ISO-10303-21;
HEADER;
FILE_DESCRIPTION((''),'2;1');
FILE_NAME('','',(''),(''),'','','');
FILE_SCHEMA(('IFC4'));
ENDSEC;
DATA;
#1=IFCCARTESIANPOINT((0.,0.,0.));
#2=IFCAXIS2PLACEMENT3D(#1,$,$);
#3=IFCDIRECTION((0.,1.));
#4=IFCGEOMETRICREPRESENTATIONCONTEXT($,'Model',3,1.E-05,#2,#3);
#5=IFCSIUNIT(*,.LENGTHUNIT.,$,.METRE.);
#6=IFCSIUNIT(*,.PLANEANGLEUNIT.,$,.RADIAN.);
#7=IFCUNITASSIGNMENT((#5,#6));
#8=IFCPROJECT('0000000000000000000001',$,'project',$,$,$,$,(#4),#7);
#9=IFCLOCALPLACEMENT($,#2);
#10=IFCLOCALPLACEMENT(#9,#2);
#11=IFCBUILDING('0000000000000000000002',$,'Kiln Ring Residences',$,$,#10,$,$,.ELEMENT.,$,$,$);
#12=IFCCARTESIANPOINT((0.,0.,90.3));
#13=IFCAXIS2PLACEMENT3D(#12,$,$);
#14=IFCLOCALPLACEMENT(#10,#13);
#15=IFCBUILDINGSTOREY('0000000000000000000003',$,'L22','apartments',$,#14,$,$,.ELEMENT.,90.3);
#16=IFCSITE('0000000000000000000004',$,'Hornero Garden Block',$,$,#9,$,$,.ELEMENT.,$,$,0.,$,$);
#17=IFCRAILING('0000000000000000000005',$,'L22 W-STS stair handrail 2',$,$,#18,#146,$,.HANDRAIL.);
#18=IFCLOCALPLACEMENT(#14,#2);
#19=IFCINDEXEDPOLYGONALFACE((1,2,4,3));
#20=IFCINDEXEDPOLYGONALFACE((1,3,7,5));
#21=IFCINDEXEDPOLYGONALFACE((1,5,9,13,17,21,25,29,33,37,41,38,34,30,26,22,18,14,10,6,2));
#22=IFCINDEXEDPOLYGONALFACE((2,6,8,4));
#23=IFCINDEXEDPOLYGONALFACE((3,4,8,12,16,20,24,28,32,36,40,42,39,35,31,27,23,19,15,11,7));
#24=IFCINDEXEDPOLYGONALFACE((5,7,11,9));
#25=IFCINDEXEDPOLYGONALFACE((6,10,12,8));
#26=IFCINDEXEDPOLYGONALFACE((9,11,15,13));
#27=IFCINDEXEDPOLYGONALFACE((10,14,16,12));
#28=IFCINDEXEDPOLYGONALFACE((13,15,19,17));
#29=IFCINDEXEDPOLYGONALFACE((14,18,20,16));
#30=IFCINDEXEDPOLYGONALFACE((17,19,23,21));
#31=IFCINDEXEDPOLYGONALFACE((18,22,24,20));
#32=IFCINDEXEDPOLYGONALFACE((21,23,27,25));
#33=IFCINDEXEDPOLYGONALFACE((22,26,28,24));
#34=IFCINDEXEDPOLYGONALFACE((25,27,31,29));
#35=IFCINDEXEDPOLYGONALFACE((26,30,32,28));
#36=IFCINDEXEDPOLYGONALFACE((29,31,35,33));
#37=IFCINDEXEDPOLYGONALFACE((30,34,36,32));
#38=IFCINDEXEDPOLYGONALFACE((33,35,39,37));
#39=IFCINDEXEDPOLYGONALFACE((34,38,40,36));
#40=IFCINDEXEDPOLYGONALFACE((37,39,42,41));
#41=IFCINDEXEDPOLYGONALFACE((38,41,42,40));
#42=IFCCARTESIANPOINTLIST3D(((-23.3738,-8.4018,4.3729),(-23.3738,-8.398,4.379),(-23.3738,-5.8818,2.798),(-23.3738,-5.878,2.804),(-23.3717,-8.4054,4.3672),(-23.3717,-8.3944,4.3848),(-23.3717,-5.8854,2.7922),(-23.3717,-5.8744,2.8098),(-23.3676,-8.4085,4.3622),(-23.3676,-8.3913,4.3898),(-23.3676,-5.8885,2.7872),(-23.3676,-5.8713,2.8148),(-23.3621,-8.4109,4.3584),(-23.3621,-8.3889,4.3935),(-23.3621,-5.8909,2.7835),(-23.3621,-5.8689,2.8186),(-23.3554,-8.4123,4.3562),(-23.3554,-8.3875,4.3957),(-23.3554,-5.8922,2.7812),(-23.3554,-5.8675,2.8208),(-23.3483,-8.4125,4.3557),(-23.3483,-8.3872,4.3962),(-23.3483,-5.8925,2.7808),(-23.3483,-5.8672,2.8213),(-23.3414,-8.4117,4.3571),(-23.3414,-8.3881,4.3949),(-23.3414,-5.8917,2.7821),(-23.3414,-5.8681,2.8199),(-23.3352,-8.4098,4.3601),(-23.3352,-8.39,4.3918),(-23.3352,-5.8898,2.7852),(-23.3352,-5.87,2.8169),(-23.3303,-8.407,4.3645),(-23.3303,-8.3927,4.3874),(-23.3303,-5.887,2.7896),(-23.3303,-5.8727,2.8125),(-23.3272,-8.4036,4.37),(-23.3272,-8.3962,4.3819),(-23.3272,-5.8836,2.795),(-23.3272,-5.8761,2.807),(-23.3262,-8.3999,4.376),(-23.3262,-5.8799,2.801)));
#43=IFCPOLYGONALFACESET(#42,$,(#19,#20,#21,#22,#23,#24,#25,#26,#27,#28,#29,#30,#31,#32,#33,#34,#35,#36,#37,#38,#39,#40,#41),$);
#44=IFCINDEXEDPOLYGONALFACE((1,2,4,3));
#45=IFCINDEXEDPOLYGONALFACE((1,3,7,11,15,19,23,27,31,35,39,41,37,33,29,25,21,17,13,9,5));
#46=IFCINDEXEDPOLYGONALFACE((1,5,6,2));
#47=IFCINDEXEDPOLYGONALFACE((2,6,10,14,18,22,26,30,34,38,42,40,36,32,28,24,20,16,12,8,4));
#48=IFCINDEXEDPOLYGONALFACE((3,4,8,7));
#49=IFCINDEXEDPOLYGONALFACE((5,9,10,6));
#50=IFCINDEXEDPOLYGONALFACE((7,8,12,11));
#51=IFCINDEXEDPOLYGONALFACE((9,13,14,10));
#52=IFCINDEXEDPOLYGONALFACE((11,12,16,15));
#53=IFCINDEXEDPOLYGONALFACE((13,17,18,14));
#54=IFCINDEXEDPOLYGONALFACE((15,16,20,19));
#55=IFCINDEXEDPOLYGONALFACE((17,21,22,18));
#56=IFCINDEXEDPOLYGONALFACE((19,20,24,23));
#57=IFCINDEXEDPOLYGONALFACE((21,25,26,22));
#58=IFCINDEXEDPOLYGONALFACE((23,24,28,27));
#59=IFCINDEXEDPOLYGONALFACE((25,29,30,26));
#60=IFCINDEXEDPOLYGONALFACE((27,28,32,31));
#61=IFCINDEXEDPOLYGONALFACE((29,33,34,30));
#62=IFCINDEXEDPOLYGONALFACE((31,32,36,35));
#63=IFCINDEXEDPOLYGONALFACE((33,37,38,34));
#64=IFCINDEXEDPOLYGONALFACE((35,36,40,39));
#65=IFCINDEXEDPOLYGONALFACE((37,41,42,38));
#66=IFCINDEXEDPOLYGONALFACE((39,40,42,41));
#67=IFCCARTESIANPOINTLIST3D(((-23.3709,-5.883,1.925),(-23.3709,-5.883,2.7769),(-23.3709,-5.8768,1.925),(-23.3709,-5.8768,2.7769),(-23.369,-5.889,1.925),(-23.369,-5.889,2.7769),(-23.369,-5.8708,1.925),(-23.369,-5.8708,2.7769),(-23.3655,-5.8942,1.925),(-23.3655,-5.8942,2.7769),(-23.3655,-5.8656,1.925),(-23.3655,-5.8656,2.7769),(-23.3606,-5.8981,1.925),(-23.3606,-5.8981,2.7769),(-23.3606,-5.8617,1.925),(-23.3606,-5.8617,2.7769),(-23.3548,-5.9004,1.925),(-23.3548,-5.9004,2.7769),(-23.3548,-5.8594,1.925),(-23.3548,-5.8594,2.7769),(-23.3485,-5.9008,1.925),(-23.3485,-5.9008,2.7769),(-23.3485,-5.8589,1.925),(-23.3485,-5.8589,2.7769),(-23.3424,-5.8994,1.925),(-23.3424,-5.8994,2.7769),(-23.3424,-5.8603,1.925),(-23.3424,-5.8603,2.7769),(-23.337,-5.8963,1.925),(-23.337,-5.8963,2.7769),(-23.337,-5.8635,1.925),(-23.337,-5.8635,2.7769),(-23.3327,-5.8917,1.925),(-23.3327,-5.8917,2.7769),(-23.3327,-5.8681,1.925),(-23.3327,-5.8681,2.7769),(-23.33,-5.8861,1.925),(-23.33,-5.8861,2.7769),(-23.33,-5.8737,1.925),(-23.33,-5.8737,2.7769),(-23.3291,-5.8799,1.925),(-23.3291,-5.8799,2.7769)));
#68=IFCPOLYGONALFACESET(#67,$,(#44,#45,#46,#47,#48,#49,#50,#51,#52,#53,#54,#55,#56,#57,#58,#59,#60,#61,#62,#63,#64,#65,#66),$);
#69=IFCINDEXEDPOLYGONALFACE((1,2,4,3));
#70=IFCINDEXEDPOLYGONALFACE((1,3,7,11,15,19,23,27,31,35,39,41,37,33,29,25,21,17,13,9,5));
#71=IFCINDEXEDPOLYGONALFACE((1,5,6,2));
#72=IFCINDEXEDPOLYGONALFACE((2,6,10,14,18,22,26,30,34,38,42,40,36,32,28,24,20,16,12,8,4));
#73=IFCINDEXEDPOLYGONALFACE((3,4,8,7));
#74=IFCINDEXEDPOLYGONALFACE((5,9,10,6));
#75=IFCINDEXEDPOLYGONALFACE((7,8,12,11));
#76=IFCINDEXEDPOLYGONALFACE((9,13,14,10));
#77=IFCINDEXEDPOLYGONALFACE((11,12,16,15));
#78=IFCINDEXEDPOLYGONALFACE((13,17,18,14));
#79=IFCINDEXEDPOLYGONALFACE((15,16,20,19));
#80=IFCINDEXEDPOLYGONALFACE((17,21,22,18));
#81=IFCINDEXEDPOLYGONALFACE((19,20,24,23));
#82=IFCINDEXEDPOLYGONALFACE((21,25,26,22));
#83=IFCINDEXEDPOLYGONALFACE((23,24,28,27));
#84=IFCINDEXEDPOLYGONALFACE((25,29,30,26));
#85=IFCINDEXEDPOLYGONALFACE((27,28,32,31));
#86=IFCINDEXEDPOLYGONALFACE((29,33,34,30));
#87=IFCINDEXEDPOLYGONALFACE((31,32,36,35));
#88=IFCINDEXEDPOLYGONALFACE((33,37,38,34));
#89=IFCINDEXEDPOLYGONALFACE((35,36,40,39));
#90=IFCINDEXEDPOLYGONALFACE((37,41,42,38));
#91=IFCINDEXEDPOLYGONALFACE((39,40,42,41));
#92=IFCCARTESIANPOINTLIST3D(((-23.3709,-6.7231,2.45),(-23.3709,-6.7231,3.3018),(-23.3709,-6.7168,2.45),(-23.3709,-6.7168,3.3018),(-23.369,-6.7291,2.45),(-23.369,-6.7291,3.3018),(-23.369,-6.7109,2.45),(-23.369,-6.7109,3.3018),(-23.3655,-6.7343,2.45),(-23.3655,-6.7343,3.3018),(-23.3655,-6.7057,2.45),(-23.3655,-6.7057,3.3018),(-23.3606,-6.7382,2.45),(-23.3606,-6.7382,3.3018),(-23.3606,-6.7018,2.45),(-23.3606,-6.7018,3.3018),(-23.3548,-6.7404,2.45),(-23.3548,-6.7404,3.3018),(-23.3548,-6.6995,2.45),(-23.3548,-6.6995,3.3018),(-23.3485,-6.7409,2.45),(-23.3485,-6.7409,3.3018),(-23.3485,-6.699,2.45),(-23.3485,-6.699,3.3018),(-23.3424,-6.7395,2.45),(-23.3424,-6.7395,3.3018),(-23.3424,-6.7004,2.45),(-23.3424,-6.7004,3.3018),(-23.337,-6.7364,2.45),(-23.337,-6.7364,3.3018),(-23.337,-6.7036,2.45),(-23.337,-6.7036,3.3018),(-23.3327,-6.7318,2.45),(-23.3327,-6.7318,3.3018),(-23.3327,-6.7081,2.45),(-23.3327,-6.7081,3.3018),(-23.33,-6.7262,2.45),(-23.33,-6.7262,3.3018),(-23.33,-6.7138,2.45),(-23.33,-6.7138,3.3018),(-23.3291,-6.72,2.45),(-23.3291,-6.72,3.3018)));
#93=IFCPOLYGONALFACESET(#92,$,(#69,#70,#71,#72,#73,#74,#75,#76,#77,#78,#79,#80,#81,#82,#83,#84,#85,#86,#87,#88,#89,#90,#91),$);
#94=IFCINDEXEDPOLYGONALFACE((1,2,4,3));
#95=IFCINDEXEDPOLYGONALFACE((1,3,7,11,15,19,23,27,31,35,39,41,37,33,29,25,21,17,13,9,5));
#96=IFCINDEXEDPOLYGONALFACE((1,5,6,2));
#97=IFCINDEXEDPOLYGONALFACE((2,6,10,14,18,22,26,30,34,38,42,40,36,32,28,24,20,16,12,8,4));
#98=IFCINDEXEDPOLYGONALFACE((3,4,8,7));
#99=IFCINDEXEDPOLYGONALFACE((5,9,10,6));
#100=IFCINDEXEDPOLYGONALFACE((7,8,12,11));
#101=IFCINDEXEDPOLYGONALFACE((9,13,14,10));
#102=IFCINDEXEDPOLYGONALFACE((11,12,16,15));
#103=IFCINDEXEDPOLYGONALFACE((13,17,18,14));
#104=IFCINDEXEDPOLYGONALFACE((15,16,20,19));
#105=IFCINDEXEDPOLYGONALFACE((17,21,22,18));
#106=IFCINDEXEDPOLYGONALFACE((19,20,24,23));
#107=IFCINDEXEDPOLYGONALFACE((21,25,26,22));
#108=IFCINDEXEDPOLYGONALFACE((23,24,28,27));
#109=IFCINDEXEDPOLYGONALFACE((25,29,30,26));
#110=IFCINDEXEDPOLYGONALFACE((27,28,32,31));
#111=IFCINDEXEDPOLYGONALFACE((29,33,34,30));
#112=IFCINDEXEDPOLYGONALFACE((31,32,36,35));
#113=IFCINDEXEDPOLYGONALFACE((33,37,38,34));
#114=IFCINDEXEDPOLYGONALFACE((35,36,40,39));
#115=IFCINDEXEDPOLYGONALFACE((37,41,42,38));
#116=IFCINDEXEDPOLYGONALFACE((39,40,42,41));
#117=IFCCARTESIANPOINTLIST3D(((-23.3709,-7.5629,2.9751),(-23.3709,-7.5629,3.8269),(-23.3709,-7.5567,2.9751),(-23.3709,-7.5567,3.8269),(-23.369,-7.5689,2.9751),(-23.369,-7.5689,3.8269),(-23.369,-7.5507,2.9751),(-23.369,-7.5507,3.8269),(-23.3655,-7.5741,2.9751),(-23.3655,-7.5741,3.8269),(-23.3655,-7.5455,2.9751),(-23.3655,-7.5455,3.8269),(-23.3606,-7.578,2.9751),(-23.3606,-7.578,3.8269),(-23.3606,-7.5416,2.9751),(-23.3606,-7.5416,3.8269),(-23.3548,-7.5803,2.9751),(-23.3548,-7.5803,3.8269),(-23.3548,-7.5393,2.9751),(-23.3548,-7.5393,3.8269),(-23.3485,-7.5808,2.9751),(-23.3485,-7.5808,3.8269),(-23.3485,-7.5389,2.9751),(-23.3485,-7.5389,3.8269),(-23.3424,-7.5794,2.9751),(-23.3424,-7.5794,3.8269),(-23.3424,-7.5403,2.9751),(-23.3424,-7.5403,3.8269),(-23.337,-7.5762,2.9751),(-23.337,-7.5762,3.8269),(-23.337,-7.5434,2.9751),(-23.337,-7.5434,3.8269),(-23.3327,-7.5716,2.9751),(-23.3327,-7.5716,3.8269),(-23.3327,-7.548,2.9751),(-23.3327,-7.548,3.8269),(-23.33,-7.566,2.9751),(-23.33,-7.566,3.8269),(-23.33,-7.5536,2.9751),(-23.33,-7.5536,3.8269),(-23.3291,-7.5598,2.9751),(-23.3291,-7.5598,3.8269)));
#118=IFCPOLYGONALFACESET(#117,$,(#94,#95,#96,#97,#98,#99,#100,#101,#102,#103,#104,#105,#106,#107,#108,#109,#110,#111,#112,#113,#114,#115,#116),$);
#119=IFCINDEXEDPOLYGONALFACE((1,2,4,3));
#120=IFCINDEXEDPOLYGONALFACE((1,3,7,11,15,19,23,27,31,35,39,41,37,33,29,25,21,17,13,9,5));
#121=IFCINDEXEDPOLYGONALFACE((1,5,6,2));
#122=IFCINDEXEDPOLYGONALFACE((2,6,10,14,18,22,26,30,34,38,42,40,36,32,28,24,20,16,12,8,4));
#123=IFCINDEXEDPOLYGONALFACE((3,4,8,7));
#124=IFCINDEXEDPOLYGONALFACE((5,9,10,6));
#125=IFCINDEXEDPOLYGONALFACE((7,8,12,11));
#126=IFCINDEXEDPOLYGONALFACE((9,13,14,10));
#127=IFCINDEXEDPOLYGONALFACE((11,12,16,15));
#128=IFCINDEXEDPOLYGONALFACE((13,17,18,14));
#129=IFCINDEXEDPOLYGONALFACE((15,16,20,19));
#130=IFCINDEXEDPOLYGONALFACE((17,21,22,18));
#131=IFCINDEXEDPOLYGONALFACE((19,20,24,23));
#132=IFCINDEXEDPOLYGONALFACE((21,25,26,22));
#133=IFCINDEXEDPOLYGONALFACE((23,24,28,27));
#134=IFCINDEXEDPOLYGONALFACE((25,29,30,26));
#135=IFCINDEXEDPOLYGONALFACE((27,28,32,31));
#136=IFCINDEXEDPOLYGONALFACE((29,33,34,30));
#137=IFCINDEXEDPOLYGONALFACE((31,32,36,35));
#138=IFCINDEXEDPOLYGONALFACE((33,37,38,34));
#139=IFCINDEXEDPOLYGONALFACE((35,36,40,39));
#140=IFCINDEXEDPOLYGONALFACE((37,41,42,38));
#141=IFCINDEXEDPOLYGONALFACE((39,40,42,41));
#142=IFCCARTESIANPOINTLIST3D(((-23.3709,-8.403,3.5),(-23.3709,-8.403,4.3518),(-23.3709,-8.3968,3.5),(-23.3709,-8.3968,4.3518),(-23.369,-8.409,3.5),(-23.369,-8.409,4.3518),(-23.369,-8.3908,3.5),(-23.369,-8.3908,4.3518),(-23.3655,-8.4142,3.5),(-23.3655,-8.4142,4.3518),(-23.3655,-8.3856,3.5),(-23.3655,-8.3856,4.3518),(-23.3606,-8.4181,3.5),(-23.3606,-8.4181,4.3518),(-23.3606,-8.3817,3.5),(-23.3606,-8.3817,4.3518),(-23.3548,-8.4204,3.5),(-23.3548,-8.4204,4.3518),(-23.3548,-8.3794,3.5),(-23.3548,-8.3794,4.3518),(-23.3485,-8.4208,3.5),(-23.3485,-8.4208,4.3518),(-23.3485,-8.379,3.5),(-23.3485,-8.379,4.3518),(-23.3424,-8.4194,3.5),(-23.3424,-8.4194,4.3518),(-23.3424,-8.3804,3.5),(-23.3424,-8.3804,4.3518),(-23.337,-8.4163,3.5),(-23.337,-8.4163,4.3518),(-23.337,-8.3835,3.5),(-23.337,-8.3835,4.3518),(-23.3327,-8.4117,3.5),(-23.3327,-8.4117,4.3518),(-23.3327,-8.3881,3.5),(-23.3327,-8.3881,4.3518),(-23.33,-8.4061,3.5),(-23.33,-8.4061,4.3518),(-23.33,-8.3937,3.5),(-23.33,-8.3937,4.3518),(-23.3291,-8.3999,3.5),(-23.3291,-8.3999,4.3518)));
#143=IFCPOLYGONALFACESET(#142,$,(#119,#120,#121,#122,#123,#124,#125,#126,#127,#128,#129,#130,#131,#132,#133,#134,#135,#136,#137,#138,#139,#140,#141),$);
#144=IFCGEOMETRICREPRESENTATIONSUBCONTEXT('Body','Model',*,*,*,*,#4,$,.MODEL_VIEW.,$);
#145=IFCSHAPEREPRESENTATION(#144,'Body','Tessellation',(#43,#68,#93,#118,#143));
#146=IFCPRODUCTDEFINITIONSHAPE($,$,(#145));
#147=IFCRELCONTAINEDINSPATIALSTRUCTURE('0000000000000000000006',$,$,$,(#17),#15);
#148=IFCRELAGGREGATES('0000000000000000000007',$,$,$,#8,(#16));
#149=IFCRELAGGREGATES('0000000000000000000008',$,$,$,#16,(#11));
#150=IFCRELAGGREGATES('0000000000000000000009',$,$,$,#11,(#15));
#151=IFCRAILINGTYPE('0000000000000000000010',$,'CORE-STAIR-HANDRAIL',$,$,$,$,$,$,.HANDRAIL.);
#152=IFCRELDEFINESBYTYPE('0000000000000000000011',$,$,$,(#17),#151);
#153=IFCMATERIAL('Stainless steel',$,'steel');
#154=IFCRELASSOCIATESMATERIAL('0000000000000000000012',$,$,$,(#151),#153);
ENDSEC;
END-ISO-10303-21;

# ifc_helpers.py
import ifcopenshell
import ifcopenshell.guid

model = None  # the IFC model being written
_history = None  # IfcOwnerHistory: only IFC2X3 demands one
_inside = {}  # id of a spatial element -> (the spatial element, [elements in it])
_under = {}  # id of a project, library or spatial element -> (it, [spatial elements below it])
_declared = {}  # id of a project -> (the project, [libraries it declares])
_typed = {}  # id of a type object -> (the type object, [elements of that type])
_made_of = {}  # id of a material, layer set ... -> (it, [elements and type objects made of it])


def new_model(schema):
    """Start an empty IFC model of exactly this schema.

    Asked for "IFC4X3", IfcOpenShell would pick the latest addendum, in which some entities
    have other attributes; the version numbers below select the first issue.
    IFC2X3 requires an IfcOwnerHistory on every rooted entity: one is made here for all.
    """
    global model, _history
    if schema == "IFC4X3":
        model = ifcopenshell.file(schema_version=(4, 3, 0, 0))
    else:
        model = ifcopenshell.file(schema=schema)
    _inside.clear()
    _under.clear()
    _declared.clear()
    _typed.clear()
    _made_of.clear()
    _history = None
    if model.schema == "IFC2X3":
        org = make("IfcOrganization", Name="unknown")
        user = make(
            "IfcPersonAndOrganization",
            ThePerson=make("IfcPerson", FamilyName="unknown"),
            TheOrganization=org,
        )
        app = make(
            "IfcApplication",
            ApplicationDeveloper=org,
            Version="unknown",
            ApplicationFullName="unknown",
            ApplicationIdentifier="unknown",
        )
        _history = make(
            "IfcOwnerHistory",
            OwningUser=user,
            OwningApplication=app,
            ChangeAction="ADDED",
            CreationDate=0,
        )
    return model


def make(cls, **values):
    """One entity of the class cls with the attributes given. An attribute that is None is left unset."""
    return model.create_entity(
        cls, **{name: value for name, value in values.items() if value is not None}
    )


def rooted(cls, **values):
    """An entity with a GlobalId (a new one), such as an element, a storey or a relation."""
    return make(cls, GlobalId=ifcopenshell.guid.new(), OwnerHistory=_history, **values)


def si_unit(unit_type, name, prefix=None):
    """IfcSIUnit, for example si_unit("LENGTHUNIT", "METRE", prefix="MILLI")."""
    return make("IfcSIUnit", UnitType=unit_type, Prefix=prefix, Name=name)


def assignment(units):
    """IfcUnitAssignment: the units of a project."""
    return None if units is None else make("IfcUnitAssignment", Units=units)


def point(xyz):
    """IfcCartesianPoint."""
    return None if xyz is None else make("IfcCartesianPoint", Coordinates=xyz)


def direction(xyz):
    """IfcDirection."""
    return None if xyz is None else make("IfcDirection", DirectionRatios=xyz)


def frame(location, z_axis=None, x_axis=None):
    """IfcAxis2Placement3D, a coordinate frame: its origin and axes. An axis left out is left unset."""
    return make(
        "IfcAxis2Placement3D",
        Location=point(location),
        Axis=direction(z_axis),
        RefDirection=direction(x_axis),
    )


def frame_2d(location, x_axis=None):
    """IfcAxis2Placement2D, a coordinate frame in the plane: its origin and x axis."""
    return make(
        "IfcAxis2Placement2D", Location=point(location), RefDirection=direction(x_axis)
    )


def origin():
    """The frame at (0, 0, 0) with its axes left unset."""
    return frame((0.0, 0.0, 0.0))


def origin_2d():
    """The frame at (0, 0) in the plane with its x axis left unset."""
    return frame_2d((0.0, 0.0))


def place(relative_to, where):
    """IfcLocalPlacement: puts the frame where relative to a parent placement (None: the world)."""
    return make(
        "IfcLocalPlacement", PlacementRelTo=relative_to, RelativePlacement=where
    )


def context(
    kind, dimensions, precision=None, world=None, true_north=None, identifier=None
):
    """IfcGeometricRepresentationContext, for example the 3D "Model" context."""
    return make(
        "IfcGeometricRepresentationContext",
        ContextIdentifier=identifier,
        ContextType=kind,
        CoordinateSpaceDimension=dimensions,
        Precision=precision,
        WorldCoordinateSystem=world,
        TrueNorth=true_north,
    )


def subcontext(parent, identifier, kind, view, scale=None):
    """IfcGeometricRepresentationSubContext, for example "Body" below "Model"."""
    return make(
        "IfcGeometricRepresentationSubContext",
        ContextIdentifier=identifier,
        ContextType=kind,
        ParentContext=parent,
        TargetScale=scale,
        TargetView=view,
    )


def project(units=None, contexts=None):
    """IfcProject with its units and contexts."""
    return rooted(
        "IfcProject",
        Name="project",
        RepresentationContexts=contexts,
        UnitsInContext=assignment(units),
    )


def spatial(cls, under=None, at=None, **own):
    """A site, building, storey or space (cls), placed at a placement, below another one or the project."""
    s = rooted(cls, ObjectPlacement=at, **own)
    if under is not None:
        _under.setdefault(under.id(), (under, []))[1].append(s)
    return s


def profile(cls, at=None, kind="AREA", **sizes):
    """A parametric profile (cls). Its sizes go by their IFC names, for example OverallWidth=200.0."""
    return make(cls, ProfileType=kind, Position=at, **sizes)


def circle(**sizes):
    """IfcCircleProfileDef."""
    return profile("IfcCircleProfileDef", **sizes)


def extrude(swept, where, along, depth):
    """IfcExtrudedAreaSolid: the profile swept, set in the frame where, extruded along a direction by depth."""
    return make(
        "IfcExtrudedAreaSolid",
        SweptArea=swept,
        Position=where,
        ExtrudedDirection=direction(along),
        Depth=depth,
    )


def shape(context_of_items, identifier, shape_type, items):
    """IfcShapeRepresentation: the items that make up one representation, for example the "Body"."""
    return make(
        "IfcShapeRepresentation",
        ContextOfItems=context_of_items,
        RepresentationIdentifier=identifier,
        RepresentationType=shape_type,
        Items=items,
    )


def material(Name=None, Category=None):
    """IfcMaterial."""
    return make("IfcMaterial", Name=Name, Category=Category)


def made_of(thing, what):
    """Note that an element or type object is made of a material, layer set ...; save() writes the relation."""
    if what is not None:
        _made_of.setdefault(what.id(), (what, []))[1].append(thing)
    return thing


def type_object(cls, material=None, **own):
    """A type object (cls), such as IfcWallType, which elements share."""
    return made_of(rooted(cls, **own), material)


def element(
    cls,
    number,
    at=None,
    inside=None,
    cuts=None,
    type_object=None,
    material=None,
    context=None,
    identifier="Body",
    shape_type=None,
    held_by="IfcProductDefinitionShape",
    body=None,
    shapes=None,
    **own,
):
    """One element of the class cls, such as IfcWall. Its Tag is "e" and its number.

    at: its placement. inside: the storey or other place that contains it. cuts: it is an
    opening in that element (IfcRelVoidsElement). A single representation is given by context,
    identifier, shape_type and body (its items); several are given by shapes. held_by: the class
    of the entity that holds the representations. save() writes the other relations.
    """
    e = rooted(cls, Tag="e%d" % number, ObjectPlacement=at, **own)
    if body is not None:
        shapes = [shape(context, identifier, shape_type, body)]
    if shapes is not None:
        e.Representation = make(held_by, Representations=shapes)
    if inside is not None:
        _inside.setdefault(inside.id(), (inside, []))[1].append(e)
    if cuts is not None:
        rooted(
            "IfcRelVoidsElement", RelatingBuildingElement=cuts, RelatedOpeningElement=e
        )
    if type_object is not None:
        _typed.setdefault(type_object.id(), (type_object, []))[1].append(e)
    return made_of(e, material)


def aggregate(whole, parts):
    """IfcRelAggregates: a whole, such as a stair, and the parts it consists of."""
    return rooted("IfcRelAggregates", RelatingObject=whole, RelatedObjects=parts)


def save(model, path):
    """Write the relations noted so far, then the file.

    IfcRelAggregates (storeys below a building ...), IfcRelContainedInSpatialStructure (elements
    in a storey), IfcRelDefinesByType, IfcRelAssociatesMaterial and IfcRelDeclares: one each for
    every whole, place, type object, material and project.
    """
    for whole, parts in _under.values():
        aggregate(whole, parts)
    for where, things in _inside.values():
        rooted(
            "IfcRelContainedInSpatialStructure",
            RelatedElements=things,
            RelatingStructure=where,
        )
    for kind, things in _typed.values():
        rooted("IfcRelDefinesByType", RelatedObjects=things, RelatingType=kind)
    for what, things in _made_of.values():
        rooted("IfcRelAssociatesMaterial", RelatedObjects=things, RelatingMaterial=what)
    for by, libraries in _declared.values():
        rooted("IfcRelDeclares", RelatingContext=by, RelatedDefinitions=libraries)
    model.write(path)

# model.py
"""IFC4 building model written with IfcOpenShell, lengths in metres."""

from ifc_helpers import new_model, si_unit, direction, frame, origin, origin_2d, place, context, subcontext, project, spatial, circle, extrude, material, type_object, element, save


model = new_model("IFC4")

# Units and contexts
model_context = context("Model", 3, precision=1e-05, world=origin(), true_north=direction((0.0, 1.0)))
body_context = subcontext(model_context, "Body", "Model", "MODEL_VIEW")
ifc_project = project(units=[si_unit("LENGTHUNIT", "METRE"), si_unit("PLANEANGLEUNIT", "RADIAN")], contexts=[model_context])

# Site, building, storey
site_placement = place(None, origin())
site = spatial("IfcSite", under=ifc_project, at=site_placement, Name="Hornero Garden Block", CompositionType="ELEMENT", RefElevation=0.0)
building_placement = place(site_placement, origin())
building = spatial("IfcBuilding", under=site, at=building_placement, Name="Kiln Ring Residences", CompositionType="ELEMENT")
storey_placement = place(building_placement, frame((0.0, 0.0, 90.3)))
storey = spatial("IfcBuildingStorey", under=building, at=storey_placement, Name="L22", Description="apartments", CompositionType="ELEMENT", Elevation=90.3)

# Railing
ifc_material_1 = material(Name="Stainless steel", Category="steel")
railing_type_1 = type_object("IfcRailingType", Name="CORE-STAIR-HANDRAIL", PredefinedType="HANDRAIL", material=ifc_material_1)
railing_1_placement = place(storey_placement, frame((-23.3501, -5.8799, 1.925)))
element("IfcRailing", 1, at=railing_1_placement, inside=storey, type_object=railing_type_1, Name="L22 W-STS stair handrail 2", PredefinedType="HANDRAIL", context=body_context, shape_type="SweptSolid", body=[
    extrude(circle(Radius=0.0239, at=origin_2d()), frame((0.0, 0.0, 0.876), z_axis=(0.0, -0.848008, 0.529984), x_axis=(1.0, 0.0, 0.0)), (0.0, 0.0, 1.0), 2.9717),
    extrude(circle(Radius=0.021, at=origin_2d()), origin(), (0.0, 0.0, 1.0), 0.8518),
    extrude(circle(Radius=0.021, at=origin_2d()), frame((0.0, -0.8401, 0.5249)), (0.0, 0.0, 1.0), 0.8518),
    extrude(circle(Radius=0.021, at=origin_2d()), frame((0.0, -1.6799, 1.05)), (0.0, 0.0, 1.0), 0.8518),
    extrude(circle(Radius=0.021, at=origin_2d()), frame((0.0, -2.52, 1.575)), (0.0, 0.0, 1.0), 0.8518),
])

save(model, "model.ifc")
